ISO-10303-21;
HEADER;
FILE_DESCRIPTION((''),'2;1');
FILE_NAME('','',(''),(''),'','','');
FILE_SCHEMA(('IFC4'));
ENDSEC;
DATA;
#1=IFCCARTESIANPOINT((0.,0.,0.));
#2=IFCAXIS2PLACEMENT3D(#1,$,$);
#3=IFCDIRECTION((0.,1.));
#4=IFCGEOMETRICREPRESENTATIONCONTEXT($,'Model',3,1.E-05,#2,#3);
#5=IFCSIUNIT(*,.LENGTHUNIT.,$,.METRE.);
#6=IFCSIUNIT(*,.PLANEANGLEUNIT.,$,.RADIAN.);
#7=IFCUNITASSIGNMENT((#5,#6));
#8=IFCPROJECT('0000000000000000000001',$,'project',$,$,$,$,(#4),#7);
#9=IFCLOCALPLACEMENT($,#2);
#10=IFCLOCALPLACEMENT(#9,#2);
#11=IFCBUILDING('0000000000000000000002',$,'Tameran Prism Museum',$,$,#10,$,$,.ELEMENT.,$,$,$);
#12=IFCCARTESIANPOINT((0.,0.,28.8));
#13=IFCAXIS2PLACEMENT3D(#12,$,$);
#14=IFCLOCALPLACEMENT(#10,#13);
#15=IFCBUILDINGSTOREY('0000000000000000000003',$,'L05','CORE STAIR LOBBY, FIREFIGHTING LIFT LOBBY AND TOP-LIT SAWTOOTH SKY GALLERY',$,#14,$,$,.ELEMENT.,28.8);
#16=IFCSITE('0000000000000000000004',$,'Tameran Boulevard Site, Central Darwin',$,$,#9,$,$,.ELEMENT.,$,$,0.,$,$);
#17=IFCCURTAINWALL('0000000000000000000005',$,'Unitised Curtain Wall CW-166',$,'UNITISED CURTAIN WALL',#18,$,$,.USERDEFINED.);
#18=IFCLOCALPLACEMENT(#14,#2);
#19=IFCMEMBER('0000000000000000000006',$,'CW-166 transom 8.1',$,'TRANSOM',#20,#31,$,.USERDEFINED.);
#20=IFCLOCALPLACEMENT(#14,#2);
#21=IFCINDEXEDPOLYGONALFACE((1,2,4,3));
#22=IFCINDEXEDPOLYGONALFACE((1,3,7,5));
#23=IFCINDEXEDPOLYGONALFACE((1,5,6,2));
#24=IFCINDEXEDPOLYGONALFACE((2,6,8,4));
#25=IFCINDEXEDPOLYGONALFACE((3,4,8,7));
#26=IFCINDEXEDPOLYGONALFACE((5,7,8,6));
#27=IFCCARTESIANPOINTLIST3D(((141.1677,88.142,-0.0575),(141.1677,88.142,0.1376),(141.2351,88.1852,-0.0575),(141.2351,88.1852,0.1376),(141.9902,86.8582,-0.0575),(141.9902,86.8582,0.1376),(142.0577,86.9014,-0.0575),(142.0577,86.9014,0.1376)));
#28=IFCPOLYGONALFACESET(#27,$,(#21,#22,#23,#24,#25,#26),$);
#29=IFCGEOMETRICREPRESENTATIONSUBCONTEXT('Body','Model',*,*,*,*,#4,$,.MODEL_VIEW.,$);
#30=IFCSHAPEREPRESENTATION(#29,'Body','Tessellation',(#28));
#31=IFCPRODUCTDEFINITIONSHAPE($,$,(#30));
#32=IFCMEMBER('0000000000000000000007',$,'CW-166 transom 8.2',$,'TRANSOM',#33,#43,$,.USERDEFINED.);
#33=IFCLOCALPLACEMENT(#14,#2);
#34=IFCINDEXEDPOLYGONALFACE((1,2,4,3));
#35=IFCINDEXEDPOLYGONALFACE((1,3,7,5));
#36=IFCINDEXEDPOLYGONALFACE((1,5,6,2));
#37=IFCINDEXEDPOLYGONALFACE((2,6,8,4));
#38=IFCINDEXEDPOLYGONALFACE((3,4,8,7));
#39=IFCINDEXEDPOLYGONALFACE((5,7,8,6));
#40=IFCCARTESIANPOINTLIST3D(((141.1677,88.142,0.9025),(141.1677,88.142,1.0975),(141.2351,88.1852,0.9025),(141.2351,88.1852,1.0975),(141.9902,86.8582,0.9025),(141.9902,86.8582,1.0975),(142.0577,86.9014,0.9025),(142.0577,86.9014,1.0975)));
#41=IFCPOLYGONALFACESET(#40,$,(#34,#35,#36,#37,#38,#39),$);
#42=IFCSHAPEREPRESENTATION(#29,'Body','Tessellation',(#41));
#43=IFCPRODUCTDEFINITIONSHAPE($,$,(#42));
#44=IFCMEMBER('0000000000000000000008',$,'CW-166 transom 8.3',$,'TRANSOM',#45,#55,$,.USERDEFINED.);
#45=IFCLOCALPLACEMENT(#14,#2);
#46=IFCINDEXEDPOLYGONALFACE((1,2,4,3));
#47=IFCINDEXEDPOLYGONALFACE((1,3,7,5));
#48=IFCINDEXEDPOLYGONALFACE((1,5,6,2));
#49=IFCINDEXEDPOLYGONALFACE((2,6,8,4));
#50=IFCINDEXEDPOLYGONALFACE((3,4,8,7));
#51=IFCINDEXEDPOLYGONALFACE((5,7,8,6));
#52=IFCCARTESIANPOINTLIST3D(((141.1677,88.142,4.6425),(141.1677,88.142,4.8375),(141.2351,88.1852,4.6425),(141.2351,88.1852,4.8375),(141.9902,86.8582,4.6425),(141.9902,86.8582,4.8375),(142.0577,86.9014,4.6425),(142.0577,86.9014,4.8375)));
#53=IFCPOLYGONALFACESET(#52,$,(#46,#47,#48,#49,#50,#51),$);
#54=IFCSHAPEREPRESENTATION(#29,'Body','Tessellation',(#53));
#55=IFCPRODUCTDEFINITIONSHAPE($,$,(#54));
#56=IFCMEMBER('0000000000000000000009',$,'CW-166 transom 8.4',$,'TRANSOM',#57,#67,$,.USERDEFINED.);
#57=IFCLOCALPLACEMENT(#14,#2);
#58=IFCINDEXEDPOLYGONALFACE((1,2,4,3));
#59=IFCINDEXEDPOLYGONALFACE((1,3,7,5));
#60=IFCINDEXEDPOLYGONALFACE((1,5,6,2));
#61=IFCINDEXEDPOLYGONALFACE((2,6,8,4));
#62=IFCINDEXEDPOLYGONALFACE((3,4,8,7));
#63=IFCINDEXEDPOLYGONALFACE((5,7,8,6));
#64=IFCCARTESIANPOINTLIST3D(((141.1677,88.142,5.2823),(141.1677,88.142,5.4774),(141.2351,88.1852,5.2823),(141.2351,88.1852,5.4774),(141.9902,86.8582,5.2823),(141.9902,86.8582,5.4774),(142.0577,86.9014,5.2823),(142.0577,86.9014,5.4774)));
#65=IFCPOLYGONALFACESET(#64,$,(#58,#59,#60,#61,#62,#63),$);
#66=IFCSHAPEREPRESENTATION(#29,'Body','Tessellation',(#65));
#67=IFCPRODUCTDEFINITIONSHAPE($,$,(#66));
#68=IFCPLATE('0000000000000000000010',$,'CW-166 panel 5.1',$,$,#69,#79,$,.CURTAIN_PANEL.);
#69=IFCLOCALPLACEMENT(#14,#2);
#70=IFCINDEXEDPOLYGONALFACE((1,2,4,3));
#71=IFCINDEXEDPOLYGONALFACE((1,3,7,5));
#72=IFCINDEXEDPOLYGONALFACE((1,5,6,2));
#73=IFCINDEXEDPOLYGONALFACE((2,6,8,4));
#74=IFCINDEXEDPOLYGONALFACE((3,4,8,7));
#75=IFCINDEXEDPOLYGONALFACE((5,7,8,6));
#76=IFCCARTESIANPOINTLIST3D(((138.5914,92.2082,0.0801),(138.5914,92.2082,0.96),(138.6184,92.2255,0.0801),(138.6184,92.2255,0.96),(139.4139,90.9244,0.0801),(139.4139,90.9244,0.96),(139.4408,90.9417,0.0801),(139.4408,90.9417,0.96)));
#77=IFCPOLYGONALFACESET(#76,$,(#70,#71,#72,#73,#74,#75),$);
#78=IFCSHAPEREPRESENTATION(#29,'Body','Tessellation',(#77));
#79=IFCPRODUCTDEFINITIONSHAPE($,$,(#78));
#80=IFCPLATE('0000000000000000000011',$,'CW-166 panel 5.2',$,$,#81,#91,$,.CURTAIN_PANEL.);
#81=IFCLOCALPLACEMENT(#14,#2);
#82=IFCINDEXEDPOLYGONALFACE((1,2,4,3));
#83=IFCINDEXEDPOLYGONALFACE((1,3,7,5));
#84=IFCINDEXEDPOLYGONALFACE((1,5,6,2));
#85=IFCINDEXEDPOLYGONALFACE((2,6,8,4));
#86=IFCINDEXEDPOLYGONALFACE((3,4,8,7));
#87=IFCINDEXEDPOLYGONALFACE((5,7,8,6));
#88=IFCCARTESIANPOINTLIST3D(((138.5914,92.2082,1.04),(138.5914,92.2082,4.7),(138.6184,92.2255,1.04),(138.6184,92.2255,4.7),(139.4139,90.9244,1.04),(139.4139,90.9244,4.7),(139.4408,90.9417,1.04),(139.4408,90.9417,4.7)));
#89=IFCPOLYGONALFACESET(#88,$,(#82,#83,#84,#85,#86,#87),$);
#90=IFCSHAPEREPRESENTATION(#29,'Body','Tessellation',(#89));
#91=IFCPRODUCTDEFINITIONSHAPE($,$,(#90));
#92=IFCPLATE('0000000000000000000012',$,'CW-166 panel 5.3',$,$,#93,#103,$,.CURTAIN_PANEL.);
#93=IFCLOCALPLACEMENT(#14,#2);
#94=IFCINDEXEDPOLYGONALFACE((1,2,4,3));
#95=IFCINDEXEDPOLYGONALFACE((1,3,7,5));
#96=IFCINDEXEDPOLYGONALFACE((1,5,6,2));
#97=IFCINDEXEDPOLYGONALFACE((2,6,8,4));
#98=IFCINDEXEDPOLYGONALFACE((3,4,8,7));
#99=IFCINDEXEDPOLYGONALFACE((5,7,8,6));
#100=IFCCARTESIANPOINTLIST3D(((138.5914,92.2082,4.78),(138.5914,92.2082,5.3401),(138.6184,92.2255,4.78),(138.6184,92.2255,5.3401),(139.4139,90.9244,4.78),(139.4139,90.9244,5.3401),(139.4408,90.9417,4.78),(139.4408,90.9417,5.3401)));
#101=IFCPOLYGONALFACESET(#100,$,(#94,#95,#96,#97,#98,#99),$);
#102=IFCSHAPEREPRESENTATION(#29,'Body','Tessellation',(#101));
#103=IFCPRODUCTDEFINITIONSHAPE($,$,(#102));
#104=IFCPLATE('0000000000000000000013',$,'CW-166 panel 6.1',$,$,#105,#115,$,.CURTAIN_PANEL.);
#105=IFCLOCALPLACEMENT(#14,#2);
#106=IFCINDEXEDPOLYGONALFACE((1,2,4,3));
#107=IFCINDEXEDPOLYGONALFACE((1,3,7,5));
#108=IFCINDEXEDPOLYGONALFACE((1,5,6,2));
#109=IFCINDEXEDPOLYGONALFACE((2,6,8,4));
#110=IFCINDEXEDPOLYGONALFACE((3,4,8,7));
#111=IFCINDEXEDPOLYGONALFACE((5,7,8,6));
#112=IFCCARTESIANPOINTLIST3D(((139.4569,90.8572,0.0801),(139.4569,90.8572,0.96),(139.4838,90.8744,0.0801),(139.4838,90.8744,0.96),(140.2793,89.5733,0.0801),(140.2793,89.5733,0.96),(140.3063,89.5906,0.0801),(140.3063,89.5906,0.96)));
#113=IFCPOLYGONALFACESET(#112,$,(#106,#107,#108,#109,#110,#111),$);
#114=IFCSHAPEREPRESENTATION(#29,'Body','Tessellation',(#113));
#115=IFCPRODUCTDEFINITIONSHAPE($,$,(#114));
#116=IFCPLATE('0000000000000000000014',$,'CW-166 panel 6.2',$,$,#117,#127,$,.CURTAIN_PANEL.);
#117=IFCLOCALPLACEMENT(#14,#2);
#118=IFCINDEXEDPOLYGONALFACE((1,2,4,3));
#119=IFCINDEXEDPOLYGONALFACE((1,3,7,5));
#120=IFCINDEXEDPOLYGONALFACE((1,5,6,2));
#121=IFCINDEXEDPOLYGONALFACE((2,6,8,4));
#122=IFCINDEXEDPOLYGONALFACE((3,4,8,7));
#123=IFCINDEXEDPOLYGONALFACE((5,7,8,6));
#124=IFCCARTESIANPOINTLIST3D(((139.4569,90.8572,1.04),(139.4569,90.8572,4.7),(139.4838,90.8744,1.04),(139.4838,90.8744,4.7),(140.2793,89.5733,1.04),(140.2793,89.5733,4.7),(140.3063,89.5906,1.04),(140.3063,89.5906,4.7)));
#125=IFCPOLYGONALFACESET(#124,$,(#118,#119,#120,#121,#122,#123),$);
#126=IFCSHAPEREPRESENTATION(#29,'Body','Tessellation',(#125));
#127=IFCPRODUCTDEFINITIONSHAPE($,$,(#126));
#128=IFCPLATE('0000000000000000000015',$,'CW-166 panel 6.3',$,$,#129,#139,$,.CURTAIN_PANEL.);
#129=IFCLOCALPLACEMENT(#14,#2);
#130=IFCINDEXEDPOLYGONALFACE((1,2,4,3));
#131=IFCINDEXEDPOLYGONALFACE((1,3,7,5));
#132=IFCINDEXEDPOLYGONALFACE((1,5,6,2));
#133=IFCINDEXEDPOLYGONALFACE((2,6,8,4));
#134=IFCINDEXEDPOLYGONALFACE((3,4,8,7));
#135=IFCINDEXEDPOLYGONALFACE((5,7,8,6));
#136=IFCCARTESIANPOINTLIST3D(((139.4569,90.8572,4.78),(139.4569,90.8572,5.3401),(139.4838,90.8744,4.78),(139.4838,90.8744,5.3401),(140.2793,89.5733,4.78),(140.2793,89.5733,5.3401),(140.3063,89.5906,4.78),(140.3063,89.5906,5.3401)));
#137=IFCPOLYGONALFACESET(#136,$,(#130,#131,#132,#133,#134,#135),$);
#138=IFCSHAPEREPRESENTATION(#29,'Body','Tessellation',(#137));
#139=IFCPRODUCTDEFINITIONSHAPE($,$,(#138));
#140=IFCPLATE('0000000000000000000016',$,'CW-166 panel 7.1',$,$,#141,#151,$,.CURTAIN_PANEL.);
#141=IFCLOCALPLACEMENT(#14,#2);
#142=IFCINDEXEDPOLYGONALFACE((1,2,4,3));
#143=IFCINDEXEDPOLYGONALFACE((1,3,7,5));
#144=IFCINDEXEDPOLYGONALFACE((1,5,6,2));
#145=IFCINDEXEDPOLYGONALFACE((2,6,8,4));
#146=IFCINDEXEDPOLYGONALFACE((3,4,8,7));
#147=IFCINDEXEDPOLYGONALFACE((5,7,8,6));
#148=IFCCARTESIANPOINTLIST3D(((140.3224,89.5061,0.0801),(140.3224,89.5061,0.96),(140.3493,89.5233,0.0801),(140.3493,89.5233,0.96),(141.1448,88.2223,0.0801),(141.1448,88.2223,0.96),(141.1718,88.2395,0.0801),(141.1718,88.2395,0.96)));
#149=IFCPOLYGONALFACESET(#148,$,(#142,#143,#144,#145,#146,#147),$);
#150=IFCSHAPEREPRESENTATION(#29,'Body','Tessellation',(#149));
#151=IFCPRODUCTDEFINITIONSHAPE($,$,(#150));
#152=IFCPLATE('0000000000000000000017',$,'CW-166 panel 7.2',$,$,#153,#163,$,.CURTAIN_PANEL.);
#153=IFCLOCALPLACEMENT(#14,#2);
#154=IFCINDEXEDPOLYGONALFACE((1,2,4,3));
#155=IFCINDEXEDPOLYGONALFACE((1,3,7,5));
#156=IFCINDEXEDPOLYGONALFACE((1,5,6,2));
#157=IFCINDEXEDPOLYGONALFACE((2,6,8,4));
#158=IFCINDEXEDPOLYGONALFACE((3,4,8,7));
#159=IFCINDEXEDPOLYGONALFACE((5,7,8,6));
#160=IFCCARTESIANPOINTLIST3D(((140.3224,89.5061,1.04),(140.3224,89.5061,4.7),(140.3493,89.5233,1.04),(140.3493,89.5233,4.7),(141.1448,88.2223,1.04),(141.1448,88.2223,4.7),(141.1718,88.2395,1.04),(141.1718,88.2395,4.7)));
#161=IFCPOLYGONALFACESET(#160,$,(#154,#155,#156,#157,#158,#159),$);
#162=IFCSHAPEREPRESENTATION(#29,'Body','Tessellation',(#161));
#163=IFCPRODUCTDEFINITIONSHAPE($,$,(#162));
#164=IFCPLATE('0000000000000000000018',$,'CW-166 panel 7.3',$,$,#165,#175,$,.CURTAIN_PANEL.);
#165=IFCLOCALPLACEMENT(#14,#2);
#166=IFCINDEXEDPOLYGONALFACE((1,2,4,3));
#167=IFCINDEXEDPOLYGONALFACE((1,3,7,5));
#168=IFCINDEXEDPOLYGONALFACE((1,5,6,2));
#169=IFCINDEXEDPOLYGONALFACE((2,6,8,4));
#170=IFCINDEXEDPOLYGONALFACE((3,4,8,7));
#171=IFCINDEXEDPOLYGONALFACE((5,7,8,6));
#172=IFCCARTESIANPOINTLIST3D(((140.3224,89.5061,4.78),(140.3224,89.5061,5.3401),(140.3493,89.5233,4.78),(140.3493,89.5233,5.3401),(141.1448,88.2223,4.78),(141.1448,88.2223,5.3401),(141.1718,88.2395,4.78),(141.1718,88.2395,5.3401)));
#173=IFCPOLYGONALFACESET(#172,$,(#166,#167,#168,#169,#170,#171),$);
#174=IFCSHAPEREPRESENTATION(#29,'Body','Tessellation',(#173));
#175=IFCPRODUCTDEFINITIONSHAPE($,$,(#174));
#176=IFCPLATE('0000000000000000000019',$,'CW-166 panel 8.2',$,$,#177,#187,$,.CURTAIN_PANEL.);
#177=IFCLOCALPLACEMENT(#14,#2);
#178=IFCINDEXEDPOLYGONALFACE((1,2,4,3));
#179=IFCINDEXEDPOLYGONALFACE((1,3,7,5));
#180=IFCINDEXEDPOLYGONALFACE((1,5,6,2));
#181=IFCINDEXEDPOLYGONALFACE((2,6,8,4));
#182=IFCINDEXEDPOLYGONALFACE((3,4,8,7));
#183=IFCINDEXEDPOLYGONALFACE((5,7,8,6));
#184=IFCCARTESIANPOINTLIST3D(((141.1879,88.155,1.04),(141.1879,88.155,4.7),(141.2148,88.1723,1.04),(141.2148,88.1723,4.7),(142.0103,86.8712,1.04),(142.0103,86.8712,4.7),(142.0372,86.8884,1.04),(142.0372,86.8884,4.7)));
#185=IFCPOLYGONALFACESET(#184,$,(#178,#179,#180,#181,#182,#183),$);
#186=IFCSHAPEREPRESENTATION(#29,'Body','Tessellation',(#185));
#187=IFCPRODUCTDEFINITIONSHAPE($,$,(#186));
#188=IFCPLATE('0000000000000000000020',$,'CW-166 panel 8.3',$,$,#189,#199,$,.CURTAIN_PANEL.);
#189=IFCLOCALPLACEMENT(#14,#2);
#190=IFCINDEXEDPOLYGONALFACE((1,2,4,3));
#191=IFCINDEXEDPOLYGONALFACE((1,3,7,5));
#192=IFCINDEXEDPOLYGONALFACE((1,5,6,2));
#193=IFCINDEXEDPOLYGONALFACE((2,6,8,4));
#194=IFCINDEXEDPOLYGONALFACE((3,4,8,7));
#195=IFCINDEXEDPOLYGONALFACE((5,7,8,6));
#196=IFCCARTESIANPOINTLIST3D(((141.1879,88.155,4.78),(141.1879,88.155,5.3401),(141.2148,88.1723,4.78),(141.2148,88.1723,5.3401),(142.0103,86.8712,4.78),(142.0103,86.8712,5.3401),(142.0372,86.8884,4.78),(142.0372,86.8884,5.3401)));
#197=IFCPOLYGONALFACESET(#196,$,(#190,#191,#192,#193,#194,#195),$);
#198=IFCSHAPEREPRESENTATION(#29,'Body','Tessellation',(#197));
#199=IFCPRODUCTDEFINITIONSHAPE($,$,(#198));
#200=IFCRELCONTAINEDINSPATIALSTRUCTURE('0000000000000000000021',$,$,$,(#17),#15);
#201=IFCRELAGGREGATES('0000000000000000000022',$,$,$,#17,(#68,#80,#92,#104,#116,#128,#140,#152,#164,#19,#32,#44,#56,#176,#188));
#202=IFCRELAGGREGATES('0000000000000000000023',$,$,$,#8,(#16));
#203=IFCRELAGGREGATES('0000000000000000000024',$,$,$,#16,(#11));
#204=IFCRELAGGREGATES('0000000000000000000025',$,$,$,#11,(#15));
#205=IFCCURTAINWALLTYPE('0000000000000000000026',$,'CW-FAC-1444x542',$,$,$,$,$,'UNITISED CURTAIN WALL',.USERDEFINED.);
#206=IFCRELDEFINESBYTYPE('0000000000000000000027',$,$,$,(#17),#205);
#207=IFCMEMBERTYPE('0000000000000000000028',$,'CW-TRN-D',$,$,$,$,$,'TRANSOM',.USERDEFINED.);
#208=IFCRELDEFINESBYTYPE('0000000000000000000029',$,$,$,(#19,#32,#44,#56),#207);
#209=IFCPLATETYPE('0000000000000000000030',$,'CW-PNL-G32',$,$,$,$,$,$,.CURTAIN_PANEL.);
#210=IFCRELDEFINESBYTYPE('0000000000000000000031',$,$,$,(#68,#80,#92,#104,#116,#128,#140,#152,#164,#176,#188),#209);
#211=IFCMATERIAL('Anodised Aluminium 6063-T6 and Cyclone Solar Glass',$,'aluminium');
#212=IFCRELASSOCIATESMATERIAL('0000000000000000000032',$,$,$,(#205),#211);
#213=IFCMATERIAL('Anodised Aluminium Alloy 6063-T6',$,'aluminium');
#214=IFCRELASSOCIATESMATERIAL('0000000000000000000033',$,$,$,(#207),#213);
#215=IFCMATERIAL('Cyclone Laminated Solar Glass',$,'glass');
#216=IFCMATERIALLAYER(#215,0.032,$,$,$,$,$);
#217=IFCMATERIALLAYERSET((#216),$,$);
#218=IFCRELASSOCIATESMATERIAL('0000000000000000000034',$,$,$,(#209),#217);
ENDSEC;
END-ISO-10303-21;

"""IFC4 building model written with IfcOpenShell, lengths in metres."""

from ifc_helpers import new_model, si_unit, direction, frame, origin, origin_2d, place, context, subcontext, project, spatial, rectangle, extrude, material, layer, layer_set, material_profile, profile_set, type_object, element, aggregate, save


model = new_model("IFC4")

# Units and contexts
model_context = context("Model", 3, precision=1e-05, world=origin(), true_north=direction((0.0, 1.0)))
body_context = subcontext(model_context, "Body", "Model", "MODEL_VIEW")
ifc_project = project(units=[si_unit("LENGTHUNIT", "METRE"), si_unit("PLANEANGLEUNIT", "RADIAN")], contexts=[model_context])

# Site, building, storey
site_placement = place(None, origin())
site = spatial("IfcSite", under=ifc_project, at=site_placement, Name="Tameran Boulevard Site, Central Darwin", CompositionType="ELEMENT", RefElevation=0.0)
building_placement = place(site_placement, origin())
building = spatial("IfcBuilding", under=site, at=building_placement, Name="Tameran Prism Museum", CompositionType="ELEMENT")
storey_placement = place(building_placement, frame((0.0, 0.0, 28.8)))
storey = spatial("IfcBuildingStorey", under=building, at=storey_placement, Name="L05", Description="CORE STAIR LOBBY, FIREFIGHTING LIFT LOBBY AND TOP-LIT SAWTOOTH SKY GALLERY", CompositionType="ELEMENT", Elevation=28.8)

# Curtain wall, members, plates
ifc_material_1 = material(Name="Anodised Aluminium 6063-T6 and Cyclone Solar Glass", Category="aluminium")
curtain_wall_type = type_object("IfcCurtainWallType", Name="CW-FAC-1444x542", ElementType="UNITISED CURTAIN WALL", PredefinedType="USERDEFINED", material=ifc_material_1)
curtain_wall_placement = place(storey_placement, origin())
curtain_wall = element("IfcCurtainWall", 1, at=curtain_wall_placement, inside=storey, type_object=curtain_wall_type, Name="Unitised Curtain Wall CW-166", ObjectType="UNITISED CURTAIN WALL", PredefinedType="USERDEFINED")
ifc_material_2 = material(Name="Anodised Aluminium Alloy 6063-T6", Category="aluminium")
ifc_material_profile_1 = material_profile(ifc_material_2, rectangle(XDim=0.0801, YDim=0.1951, at=origin_2d()))
ifc_profile_set_1 = profile_set([ifc_material_profile_1])
member_type_1 = type_object("IfcMemberType", Name="CW-TRN-D", ElementType="TRANSOM", PredefinedType="USERDEFINED", material=ifc_profile_set_1)
member_1_placement = place(storey_placement, frame((141.2014, 88.1636, 0.04), z_axis=(0.539494, -0.841989, 0.0), x_axis=(0.841989, 0.539494, 0.0)))
member_1 = element("IfcMember", 2, at=member_1_placement, type_object=member_type_1, Name="CW-166 transom 8.1", ObjectType="TRANSOM", PredefinedType="USERDEFINED", context=body_context, shape_type="SweptSolid", body=[
    extrude(rectangle(XDim=0.0801, YDim=0.1951, at=origin_2d()), origin(), (0.0, 0.0, 1.0), 1.5247),
])
member_2_placement = place(storey_placement, frame((141.2014, 88.1636, 1.0), z_axis=(0.539494, -0.841989, 0.0), x_axis=(0.841989, 0.539494, 0.0)))
member_2 = element("IfcMember", 3, at=member_2_placement, type_object=member_type_1, Name="CW-166 transom 8.2", ObjectType="TRANSOM", PredefinedType="USERDEFINED", context=body_context, shape_type="SweptSolid", body=[
    extrude(rectangle(XDim=0.0801, YDim=0.1951, at=origin_2d()), origin(), (0.0, 0.0, 1.0), 1.5247),
])
member_3_placement = place(storey_placement, frame((141.2014, 88.1636, 4.74), z_axis=(0.539494, -0.841989, 0.0), x_axis=(0.841989, 0.539494, 0.0)))
member_3 = element("IfcMember", 4, at=member_3_placement, type_object=member_type_1, Name="CW-166 transom 8.3", ObjectType="TRANSOM", PredefinedType="USERDEFINED", context=body_context, shape_type="SweptSolid", body=[
    extrude(rectangle(XDim=0.0801, YDim=0.1951, at=origin_2d()), origin(), (0.0, 0.0, 1.0), 1.5247),
])
member_4_placement = place(storey_placement, frame((141.2014, 88.1636, 5.3799), z_axis=(0.539494, -0.841989, 0.0), x_axis=(0.841989, 0.539494, 0.0)))
member_4 = element("IfcMember", 5, at=member_4_placement, type_object=member_type_1, Name="CW-166 transom 8.4", ObjectType="TRANSOM", PredefinedType="USERDEFINED", context=body_context, shape_type="SweptSolid", body=[
    extrude(rectangle(XDim=0.0801, YDim=0.1951, at=origin_2d()), origin(), (0.0, 0.0, 1.0), 1.5247),
])
ifc_material_3 = material(Name="Cyclone Laminated Solar Glass", Category="glass")
ifc_layer = layer(ifc_material_3, 0.032)
ifc_layer_set = layer_set([ifc_layer])
plate_type = type_object("IfcPlateType", Name="CW-PNL-G32", PredefinedType="CURTAIN_PANEL", material=ifc_layer_set)
plate_1_placement = place(storey_placement, frame((139.0161, 91.575, 0.0801), z_axis=(0.0, 0.0, 1.0), x_axis=(0.539427, -0.842032, 0.0)))
plate_1 = element("IfcPlate", 6, at=plate_1_placement, type_object=plate_type, Name="CW-166 panel 5.1", PredefinedType="CURTAIN_PANEL", context=body_context, shape_type="SweptSolid", body=[
    extrude(rectangle(XDim=1.5247, YDim=0.032, at=origin_2d()), origin(), (0.0, 0.0, 1.0), 0.8799),
])
plate_2_placement = place(storey_placement, frame((139.0161, 91.575, 1.04), z_axis=(0.0, 0.0, 1.0), x_axis=(0.539427, -0.842032, 0.0)))
plate_2 = element("IfcPlate", 7, at=plate_2_placement, type_object=plate_type, Name="CW-166 panel 5.2", PredefinedType="CURTAIN_PANEL", context=body_context, shape_type="SweptSolid", body=[
    extrude(rectangle(XDim=1.5247, YDim=0.032, at=origin_2d()), origin(), (0.0, 0.0, 1.0), 3.6599),
])
plate_3_placement = place(storey_placement, frame((139.0161, 91.575, 4.78), z_axis=(0.0, 0.0, 1.0), x_axis=(0.539427, -0.842032, 0.0)))
plate_3 = element("IfcPlate", 8, at=plate_3_placement, type_object=plate_type, Name="CW-166 panel 5.3", PredefinedType="CURTAIN_PANEL", context=body_context, shape_type="SweptSolid", body=[
    extrude(rectangle(XDim=1.5247, YDim=0.032, at=origin_2d()), origin(), (0.0, 0.0, 1.0), 0.5601),
])
plate_4_placement = place(storey_placement, frame((139.8816, 90.2239, 0.0801), z_axis=(0.0, 0.0, 1.0), x_axis=(0.539427, -0.842032, 0.0)))
plate_4 = element("IfcPlate", 9, at=plate_4_placement, type_object=plate_type, Name="CW-166 panel 6.1", PredefinedType="CURTAIN_PANEL", context=body_context, shape_type="SweptSolid", body=[
    extrude(rectangle(XDim=1.5247, YDim=0.032, at=origin_2d()), origin(), (0.0, 0.0, 1.0), 0.8799),
])
plate_5_placement = place(storey_placement, frame((139.8816, 90.2239, 1.04), z_axis=(0.0, 0.0, 1.0), x_axis=(0.539427, -0.842032, 0.0)))
plate_5 = element("IfcPlate", 10, at=plate_5_placement, type_object=plate_type, Name="CW-166 panel 6.2", PredefinedType="CURTAIN_PANEL", context=body_context, shape_type="SweptSolid", body=[
    extrude(rectangle(XDim=1.5247, YDim=0.032, at=origin_2d()), origin(), (0.0, 0.0, 1.0), 3.6599),
])
plate_6_placement = place(storey_placement, frame((139.8816, 90.2239, 4.78), z_axis=(0.0, 0.0, 1.0), x_axis=(0.539427, -0.842032, 0.0)))
plate_6 = element("IfcPlate", 11, at=plate_6_placement, type_object=plate_type, Name="CW-166 panel 6.3", PredefinedType="CURTAIN_PANEL", context=body_context, shape_type="SweptSolid", body=[
    extrude(rectangle(XDim=1.5247, YDim=0.032, at=origin_2d()), origin(), (0.0, 0.0, 1.0), 0.5601),
])
plate_7_placement = place(storey_placement, frame((140.7471, 88.8728, 0.0801), z_axis=(0.0, 0.0, 1.0), x_axis=(0.539427, -0.842032, 0.0)))
plate_7 = element("IfcPlate", 12, at=plate_7_placement, type_object=plate_type, Name="CW-166 panel 7.1", PredefinedType="CURTAIN_PANEL", context=body_context, shape_type="SweptSolid", body=[
    extrude(rectangle(XDim=1.5247, YDim=0.032, at=origin_2d()), origin(), (0.0, 0.0, 1.0), 0.8799),
])
plate_8_placement = place(storey_placement, frame((140.7471, 88.8728, 1.04), z_axis=(0.0, 0.0, 1.0), x_axis=(0.539427, -0.842032, 0.0)))
plate_8 = element("IfcPlate", 13, at=plate_8_placement, type_object=plate_type, Name="CW-166 panel 7.2", PredefinedType="CURTAIN_PANEL", context=body_context, shape_type="SweptSolid", body=[
    extrude(rectangle(XDim=1.5247, YDim=0.032, at=origin_2d()), origin(), (0.0, 0.0, 1.0), 3.6599),
])
plate_9_placement = place(storey_placement, frame((140.7471, 88.8728, 4.78), z_axis=(0.0, 0.0, 1.0), x_axis=(0.539427, -0.842032, 0.0)))
plate_9 = element("IfcPlate", 14, at=plate_9_placement, type_object=plate_type, Name="CW-166 panel 7.3", PredefinedType="CURTAIN_PANEL", context=body_context, shape_type="SweptSolid", body=[
    extrude(rectangle(XDim=1.5247, YDim=0.032, at=origin_2d()), origin(), (0.0, 0.0, 1.0), 0.5601),
])
plate_10_placement = place(storey_placement, frame((141.6125, 87.5217, 1.04), z_axis=(0.0, 0.0, 1.0), x_axis=(0.539427, -0.842032, 0.0)))
plate_10 = element("IfcPlate", 15, at=plate_10_placement, type_object=plate_type, Name="CW-166 panel 8.2", PredefinedType="CURTAIN_PANEL", context=body_context, shape_type="SweptSolid", body=[
    extrude(rectangle(XDim=1.5247, YDim=0.032, at=origin_2d()), origin(), (0.0, 0.0, 1.0), 3.6599),
])
plate_11_placement = place(storey_placement, frame((141.6125, 87.5217, 4.78), z_axis=(0.0, 0.0, 1.0), x_axis=(0.539427, -0.842032, 0.0)))
plate_11 = element("IfcPlate", 16, at=plate_11_placement, type_object=plate_type, Name="CW-166 panel 8.3", PredefinedType="CURTAIN_PANEL", context=body_context, shape_type="SweptSolid", body=[
    extrude(rectangle(XDim=1.5247, YDim=0.032, at=origin_2d()), origin(), (0.0, 0.0, 1.0), 0.5601),
])
aggregate(curtain_wall, [plate_1, plate_2, plate_3, plate_4, plate_5, plate_6, plate_7, plate_8, plate_9, member_1, member_2, member_3, member_4, plate_10, plate_11])

save(model, "model.ifc")
